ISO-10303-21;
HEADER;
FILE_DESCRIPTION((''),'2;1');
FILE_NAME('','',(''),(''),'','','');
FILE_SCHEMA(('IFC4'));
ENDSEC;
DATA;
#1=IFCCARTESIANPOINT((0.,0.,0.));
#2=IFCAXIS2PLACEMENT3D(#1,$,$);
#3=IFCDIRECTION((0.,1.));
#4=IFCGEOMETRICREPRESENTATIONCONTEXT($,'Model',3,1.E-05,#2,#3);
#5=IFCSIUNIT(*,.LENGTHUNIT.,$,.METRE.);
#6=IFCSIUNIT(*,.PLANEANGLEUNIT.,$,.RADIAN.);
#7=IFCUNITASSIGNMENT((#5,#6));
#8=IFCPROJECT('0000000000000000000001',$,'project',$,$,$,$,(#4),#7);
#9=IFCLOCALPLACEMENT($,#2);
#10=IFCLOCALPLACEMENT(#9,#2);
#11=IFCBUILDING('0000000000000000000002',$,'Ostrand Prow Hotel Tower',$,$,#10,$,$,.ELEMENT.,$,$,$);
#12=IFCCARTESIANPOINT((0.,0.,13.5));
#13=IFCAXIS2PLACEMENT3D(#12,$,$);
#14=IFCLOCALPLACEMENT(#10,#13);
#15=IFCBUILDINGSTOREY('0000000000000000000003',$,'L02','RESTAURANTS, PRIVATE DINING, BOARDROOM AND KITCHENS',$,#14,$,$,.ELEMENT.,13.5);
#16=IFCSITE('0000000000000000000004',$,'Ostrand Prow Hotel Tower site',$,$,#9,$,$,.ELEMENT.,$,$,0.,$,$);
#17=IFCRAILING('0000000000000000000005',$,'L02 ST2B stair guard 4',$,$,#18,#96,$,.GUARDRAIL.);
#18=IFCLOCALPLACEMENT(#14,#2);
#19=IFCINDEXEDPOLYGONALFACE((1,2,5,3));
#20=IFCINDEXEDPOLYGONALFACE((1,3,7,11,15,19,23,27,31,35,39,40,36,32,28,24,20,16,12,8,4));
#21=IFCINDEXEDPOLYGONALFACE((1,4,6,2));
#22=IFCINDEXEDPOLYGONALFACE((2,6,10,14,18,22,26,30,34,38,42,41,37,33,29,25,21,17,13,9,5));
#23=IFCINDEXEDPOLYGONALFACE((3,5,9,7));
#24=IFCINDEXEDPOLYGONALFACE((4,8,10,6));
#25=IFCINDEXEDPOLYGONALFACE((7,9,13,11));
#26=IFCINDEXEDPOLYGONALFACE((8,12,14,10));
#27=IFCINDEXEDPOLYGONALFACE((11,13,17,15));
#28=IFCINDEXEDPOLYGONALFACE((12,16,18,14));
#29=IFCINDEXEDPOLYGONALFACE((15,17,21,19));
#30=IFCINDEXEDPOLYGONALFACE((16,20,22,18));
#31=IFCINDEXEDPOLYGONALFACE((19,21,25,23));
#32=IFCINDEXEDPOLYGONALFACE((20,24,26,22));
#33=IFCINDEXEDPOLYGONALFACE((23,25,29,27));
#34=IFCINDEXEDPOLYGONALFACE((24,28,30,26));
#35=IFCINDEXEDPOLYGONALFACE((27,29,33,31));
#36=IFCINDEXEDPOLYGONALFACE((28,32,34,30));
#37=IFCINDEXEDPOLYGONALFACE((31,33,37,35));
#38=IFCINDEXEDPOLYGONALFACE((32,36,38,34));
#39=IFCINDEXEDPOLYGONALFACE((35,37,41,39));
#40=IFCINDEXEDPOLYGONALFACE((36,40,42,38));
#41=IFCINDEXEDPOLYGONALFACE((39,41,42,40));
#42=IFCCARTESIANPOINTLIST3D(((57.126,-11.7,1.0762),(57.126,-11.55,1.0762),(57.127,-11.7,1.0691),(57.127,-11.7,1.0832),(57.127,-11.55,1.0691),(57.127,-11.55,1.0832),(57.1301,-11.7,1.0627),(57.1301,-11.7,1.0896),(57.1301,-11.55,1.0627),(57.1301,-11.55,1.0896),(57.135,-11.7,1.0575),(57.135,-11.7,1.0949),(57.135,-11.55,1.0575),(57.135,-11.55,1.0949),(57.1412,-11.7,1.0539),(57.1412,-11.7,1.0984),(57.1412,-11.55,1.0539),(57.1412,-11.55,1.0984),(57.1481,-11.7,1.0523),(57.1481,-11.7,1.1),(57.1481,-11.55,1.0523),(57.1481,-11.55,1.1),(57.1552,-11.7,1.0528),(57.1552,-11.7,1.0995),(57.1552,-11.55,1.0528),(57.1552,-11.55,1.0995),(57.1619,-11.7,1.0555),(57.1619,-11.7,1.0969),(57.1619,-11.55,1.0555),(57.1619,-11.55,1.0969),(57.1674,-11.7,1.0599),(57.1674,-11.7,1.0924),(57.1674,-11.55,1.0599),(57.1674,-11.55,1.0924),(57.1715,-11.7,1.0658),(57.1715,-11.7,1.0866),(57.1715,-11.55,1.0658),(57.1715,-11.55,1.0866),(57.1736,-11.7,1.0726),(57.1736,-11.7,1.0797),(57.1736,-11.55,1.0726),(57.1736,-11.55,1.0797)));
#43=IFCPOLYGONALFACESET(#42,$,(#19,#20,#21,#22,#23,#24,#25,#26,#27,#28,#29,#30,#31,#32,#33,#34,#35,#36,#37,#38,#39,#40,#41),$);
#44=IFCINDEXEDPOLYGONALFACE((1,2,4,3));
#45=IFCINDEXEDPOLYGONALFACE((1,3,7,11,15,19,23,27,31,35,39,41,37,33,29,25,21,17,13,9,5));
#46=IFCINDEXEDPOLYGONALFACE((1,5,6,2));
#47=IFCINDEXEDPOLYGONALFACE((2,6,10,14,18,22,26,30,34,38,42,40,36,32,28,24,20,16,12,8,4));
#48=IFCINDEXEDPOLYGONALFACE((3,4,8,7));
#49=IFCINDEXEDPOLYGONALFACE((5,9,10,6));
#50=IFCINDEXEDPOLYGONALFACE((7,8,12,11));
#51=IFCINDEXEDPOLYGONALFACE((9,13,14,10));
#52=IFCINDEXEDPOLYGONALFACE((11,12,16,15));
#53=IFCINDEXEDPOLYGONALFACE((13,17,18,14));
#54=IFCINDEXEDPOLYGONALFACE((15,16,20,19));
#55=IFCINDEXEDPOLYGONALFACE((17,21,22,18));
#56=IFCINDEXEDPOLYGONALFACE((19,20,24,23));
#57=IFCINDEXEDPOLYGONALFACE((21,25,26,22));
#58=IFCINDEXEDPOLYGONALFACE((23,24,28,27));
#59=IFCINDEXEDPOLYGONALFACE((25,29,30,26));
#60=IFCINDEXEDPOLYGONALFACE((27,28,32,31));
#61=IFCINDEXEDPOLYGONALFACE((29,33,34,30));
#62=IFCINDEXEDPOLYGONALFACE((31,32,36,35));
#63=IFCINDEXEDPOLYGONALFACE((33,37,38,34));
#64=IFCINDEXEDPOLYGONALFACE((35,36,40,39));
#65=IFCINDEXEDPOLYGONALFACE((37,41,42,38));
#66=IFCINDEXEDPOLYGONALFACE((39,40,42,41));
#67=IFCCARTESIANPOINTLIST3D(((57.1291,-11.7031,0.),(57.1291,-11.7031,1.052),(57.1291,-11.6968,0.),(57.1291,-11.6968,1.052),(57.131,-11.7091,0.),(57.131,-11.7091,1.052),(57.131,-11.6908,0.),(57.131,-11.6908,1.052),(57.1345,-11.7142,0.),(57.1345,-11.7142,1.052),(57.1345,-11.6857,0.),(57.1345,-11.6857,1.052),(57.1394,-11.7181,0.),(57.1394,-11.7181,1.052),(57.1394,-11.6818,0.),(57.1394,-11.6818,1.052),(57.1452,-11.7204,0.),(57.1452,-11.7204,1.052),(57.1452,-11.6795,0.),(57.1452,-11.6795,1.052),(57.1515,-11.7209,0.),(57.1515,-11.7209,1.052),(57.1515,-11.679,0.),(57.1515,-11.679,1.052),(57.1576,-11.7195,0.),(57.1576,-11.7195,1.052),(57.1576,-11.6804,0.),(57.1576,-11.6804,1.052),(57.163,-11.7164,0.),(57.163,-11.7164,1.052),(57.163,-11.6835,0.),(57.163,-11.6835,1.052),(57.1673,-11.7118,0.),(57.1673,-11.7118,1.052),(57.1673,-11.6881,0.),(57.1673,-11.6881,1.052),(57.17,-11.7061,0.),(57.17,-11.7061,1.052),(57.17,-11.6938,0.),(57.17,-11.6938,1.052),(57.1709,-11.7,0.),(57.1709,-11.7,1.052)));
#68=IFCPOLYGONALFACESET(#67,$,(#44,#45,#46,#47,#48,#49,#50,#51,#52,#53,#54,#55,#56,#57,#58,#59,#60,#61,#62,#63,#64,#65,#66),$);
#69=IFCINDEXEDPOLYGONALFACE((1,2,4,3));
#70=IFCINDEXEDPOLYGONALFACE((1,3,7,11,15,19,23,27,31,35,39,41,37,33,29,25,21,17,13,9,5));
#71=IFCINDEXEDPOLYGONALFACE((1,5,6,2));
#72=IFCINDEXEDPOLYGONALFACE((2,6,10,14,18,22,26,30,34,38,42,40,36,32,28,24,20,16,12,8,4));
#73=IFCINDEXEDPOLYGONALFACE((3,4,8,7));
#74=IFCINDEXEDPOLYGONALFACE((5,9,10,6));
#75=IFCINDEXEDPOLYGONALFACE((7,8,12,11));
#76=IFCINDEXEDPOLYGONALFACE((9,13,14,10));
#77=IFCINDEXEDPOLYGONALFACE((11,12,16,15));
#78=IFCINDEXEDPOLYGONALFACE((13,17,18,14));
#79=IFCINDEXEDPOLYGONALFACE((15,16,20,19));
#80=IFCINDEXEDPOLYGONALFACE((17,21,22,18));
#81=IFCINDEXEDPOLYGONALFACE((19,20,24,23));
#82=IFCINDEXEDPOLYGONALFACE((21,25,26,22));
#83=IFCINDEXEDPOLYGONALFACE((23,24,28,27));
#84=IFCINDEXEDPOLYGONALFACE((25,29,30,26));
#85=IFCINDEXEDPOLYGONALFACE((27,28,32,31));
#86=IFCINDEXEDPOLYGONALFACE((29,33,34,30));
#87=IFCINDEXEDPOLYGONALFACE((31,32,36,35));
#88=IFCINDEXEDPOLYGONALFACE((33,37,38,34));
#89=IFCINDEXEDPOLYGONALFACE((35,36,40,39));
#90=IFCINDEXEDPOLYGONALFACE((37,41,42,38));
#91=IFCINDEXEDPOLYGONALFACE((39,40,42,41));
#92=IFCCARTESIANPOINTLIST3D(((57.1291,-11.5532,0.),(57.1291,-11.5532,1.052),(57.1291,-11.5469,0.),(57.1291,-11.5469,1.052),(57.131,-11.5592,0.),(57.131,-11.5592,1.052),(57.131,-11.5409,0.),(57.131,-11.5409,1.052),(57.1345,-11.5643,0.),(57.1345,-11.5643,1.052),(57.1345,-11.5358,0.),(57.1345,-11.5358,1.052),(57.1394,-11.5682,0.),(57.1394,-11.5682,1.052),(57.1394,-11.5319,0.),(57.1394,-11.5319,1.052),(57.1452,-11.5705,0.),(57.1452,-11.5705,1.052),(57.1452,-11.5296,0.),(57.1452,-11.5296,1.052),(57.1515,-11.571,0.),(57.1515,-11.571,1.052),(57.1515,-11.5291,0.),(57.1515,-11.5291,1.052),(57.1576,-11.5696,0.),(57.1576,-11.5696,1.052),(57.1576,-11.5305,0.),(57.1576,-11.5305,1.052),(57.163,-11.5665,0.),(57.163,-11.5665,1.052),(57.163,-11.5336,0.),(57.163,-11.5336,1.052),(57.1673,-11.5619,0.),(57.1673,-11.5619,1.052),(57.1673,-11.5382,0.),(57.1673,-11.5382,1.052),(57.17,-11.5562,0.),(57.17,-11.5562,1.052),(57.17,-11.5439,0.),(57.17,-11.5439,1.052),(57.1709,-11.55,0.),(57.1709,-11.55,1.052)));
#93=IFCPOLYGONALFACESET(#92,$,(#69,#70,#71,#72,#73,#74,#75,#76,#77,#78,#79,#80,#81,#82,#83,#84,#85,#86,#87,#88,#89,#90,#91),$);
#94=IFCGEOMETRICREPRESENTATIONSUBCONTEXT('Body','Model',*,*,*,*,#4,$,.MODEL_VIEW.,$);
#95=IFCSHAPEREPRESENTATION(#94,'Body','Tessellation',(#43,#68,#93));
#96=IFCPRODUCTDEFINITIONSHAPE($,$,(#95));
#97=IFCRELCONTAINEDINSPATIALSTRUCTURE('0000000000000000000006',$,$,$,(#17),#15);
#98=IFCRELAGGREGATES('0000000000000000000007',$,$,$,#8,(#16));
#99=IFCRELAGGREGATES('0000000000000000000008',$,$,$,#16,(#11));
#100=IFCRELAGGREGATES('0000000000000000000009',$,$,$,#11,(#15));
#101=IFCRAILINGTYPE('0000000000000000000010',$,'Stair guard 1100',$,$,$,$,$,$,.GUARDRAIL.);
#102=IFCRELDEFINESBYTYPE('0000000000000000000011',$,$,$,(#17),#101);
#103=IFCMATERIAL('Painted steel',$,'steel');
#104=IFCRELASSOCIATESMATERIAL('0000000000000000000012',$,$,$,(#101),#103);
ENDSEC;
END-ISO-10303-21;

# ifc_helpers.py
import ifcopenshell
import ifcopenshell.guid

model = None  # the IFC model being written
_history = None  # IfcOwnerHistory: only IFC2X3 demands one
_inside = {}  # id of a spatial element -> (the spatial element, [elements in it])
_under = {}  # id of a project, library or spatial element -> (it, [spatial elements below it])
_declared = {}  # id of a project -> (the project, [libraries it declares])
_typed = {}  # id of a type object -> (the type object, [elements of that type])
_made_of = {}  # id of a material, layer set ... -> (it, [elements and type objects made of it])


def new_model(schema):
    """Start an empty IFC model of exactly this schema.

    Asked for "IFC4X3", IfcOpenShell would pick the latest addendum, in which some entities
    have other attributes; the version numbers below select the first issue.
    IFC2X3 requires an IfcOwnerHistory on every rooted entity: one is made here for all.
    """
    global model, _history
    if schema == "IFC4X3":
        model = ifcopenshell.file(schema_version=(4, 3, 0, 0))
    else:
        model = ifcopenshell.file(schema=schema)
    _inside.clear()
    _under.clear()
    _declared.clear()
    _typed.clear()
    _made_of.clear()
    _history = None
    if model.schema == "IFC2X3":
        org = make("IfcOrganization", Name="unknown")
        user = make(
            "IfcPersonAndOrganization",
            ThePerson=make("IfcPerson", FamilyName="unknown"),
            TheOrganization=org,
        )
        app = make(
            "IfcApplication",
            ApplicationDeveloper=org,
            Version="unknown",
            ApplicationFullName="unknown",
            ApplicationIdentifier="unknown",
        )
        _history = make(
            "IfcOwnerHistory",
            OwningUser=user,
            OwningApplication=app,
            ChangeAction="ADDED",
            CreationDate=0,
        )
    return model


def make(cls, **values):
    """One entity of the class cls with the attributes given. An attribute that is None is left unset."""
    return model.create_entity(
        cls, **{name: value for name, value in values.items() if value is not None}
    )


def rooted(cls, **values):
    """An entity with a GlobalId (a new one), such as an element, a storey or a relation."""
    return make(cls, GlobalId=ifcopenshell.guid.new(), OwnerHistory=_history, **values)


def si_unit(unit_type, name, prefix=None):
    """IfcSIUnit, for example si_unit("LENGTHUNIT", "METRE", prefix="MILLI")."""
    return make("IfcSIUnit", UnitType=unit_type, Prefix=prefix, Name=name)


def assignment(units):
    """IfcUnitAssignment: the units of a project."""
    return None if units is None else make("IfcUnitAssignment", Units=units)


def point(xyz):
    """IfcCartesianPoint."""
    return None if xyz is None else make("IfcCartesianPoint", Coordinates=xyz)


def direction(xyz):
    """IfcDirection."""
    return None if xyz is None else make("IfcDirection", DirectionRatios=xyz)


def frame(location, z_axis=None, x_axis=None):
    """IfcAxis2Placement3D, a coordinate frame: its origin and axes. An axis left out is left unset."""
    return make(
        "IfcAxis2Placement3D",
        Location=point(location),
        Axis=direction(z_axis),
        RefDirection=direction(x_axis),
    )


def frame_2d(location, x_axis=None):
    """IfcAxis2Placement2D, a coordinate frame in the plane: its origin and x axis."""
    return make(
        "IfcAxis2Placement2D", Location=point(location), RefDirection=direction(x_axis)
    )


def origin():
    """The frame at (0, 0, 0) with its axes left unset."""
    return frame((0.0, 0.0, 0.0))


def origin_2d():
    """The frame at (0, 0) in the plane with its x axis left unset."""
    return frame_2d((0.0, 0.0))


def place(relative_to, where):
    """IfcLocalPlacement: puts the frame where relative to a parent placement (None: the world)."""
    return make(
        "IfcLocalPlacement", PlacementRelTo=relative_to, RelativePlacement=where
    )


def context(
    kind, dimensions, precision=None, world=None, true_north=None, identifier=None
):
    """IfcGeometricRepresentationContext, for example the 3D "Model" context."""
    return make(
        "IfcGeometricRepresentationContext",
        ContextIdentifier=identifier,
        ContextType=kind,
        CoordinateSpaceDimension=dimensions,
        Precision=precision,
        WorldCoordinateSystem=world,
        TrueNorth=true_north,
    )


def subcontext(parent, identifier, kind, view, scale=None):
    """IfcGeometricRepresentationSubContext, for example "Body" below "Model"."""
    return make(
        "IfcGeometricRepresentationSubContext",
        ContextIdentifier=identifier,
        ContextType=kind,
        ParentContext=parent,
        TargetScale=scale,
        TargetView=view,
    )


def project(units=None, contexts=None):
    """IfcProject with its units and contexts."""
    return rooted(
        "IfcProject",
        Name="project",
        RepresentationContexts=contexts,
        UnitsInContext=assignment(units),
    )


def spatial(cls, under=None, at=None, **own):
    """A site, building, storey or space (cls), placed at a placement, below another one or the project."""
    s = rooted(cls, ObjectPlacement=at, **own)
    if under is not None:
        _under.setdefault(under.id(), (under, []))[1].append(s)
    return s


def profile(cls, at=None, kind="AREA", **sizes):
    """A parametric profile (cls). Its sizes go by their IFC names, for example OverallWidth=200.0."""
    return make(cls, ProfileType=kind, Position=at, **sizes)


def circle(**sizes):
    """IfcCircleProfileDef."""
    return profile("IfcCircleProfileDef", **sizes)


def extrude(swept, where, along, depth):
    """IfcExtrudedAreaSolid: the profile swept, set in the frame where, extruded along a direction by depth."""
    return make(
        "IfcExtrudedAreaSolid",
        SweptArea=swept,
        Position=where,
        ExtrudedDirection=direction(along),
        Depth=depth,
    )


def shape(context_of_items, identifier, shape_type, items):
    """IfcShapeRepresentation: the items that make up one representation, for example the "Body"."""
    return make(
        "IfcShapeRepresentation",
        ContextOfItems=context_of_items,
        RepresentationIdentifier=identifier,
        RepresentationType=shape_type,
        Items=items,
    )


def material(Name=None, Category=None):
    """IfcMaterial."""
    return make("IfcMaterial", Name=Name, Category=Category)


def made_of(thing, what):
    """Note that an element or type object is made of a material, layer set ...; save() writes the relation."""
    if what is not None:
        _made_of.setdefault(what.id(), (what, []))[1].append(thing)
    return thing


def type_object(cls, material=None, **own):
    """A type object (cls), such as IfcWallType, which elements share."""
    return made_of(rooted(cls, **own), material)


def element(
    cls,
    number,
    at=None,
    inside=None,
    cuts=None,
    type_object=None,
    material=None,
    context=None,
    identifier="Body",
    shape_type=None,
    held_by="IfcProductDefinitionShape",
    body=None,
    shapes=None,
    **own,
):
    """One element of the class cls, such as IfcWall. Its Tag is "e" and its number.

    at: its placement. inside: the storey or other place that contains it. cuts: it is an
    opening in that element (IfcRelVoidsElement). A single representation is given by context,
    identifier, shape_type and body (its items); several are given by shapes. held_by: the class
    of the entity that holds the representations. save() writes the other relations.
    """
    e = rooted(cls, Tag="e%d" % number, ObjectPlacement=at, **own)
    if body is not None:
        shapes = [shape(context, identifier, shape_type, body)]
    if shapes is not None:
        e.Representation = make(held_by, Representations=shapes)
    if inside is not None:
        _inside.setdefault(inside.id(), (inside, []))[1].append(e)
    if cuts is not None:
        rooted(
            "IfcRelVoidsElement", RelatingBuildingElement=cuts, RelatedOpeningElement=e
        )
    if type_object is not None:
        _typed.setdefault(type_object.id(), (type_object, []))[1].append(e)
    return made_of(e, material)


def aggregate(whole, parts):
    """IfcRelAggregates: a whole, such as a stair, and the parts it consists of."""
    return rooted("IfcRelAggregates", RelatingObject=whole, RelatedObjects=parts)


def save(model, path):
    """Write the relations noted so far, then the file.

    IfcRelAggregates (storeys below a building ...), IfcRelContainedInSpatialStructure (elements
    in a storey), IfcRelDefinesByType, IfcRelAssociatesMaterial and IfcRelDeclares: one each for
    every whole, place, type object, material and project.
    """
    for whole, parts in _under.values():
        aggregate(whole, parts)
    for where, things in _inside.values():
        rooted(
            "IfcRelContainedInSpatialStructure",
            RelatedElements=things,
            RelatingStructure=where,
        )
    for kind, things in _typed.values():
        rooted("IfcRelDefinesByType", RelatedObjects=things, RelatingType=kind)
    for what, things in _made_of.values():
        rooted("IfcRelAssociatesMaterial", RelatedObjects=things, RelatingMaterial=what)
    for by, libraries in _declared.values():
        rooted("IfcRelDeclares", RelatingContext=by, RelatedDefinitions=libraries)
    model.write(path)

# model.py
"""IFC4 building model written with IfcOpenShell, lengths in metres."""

from ifc_helpers import new_model, si_unit, direction, frame, origin, origin_2d, place, context, subcontext, project, spatial, circle, extrude, material, type_object, element, save


model = new_model("IFC4")

# Units and contexts
model_context = context("Model", 3, precision=1e-05, world=origin(), true_north=direction((0.0, 1.0)))
body_context = subcontext(model_context, "Body", "Model", "MODEL_VIEW")
ifc_project = project(units=[si_unit("LENGTHUNIT", "METRE"), si_unit("PLANEANGLEUNIT", "RADIAN")], contexts=[model_context])

# Site, building, storey
site_placement = place(None, origin())
site = spatial("IfcSite", under=ifc_project, at=site_placement, Name="Ostrand Prow Hotel Tower site", CompositionType="ELEMENT", RefElevation=0.0)
building_placement = place(site_placement, origin())
building = spatial("IfcBuilding", under=site, at=building_placement, Name="Ostrand Prow Hotel Tower", CompositionType="ELEMENT")
storey_placement = place(building_placement, frame((0.0, 0.0, 13.5)))
storey = spatial("IfcBuildingStorey", under=building, at=storey_placement, Name="L02", Description="RESTAURANTS, PRIVATE DINING, BOARDROOM AND KITCHENS", CompositionType="ELEMENT", Elevation=13.5)

# Railing
ifc_material_1 = material(Name="Painted steel", Category="steel")
railing_type_1 = type_object("IfcRailingType", Name="Stair guard 1100", PredefinedType="GUARDRAIL", material=ifc_material_1)
railing_1_placement = place(storey_placement, frame((57.1499, -11.7, 0.0)))
element("IfcRailing", 1, at=railing_1_placement, inside=storey, type_object=railing_type_1, Name="L02 ST2B stair guard 4", PredefinedType="GUARDRAIL", context=body_context, shape_type="SweptSolid", body=[
    extrude(circle(Radius=0.0239, at=origin_2d()), frame((0.0, 0.0, 1.0762), z_axis=(0.0, 1.0, 0.0), x_axis=(-1.0, 0.0, 0.0)), (0.0, 0.0, 1.0), 0.1499),
    extrude(circle(Radius=0.021, at=origin_2d()), origin(), (0.0, 0.0, 1.0), 1.052),
    extrude(circle(Radius=0.021, at=origin_2d()), frame((0.0, 0.1499, 0.0)), (0.0, 0.0, 1.0), 1.052),
])

save(model, "model.ifc")
